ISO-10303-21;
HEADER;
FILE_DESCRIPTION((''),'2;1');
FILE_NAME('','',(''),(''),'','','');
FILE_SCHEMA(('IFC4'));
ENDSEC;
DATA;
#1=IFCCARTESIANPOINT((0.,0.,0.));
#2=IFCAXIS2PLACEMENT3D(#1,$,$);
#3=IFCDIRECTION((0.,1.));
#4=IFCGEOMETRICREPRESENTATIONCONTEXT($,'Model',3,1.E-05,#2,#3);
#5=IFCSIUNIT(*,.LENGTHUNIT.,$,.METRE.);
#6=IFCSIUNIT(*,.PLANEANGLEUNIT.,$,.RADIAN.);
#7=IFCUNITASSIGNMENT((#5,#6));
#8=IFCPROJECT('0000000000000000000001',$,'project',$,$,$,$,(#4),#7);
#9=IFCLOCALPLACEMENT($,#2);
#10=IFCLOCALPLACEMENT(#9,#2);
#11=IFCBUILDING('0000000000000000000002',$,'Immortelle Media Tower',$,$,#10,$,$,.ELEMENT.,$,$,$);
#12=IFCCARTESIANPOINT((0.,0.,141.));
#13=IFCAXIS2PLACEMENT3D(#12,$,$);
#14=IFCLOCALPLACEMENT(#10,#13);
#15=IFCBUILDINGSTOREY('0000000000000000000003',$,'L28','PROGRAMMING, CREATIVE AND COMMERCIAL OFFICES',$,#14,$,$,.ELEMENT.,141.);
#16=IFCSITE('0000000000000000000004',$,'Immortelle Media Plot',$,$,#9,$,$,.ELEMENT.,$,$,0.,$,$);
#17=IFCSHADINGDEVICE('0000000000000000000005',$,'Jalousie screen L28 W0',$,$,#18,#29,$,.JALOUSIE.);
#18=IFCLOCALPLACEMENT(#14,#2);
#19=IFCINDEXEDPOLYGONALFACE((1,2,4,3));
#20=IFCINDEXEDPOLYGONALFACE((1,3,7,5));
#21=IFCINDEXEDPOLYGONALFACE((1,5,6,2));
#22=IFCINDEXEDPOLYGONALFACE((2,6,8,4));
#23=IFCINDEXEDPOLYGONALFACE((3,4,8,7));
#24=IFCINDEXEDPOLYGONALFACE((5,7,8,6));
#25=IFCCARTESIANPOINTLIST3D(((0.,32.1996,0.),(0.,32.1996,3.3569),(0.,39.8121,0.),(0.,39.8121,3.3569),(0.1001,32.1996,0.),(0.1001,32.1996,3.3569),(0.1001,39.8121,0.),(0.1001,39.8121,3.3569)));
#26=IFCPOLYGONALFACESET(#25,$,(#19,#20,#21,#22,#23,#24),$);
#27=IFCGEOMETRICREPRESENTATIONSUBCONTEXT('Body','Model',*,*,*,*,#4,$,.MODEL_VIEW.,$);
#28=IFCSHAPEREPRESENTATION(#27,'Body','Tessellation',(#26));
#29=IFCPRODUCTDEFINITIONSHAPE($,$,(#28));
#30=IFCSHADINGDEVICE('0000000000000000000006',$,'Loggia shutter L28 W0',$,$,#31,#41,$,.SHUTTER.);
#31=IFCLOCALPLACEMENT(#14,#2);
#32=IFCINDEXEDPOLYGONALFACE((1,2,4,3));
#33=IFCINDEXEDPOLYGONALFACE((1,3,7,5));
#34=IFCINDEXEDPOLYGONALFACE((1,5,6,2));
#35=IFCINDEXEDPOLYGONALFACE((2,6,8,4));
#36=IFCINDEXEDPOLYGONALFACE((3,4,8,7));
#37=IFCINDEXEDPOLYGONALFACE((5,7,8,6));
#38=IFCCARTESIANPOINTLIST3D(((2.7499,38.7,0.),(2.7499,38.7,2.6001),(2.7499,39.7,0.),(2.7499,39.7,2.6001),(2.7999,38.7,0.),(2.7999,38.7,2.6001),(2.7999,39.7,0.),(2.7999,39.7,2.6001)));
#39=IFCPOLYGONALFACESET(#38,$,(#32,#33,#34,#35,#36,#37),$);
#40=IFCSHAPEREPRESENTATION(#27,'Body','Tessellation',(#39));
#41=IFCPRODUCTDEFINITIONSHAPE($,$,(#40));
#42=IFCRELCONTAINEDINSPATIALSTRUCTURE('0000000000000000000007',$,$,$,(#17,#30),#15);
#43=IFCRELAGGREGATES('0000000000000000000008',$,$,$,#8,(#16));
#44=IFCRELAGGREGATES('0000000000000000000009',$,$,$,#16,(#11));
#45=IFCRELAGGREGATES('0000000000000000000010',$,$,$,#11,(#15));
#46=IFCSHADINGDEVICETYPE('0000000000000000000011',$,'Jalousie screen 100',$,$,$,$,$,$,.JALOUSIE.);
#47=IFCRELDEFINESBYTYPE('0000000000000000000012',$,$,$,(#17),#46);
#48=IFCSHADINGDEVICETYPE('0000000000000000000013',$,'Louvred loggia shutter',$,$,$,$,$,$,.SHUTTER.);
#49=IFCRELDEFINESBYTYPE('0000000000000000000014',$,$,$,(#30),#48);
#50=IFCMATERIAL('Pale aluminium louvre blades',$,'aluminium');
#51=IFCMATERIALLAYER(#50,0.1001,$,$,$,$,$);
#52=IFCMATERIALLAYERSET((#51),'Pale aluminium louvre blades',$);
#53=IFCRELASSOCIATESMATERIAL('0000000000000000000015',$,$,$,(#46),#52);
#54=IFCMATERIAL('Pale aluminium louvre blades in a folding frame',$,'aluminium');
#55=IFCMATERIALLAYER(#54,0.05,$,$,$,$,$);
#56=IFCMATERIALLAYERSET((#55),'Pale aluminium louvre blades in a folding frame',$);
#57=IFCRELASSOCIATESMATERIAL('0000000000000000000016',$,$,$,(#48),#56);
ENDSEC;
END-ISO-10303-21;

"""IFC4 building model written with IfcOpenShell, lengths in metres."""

from ifc_helpers import new_model, si_unit, direction, frame, origin, origin_2d, place, context, subcontext, project, spatial, rectangle, extrude, material, layer, layer_set, type_object, element, save


model = new_model("IFC4")

# Units and contexts
model_context = context("Model", 3, precision=1e-05, world=origin(), true_north=direction((0.0, 1.0)))
body_context = subcontext(model_context, "Body", "Model", "MODEL_VIEW")
ifc_project = project(units=[si_unit("LENGTHUNIT", "METRE"), si_unit("PLANEANGLEUNIT", "RADIAN")], contexts=[model_context])

# Site, building, storey
site_placement = place(None, origin())
site = spatial("IfcSite", under=ifc_project, at=site_placement, Name="Immortelle Media Plot", CompositionType="ELEMENT", RefElevation=0.0)
building_placement = place(site_placement, origin())
building = spatial("IfcBuilding", under=site, at=building_placement, Name="Immortelle Media Tower", CompositionType="ELEMENT")
storey_placement = place(building_placement, frame((0.0, 0.0, 141.0)))
storey = spatial("IfcBuildingStorey", under=building, at=storey_placement, Name="L28", Description="PROGRAMMING, CREATIVE AND COMMERCIAL OFFICES", CompositionType="ELEMENT", Elevation=141.0)

# Shading devices
ifc_material_1 = material(Name="Pale aluminium louvre blades", Category="aluminium")
ifc_layer_1 = layer(ifc_material_1, 0.1001)
ifc_layer_set_1 = layer_set([ifc_layer_1], Name="Pale aluminium louvre blades")
shading_device_type_1 = type_object("IfcShadingDeviceType", Name="Jalousie screen 100", PredefinedType="JALOUSIE", material=ifc_layer_set_1)
shading_device_1_placement = place(storey_placement, frame((0.05, 36.0059, 0.0), z_axis=(0.0, 0.0, 1.0), x_axis=(0.0, -1.0, 0.0)))
element("IfcShadingDevice", 1, at=shading_device_1_placement, inside=storey, type_object=shading_device_type_1, Name="Jalousie screen L28 W0", PredefinedType="JALOUSIE", context=body_context, shape_type="SweptSolid", body=[
    extrude(rectangle(XDim=7.6125, YDim=0.1001, at=origin_2d()), origin(), (0.0, 0.0, 1.0), 3.3569),
])
ifc_material_2 = material(Name="Pale aluminium louvre blades in a folding frame", Category="aluminium")
ifc_layer_2 = layer(ifc_material_2, 0.05)
ifc_layer_set_2 = layer_set([ifc_layer_2], Name="Pale aluminium louvre blades in a folding frame")
shading_device_type_2 = type_object("IfcShadingDeviceType", Name="Louvred loggia shutter", PredefinedType="SHUTTER", material=ifc_layer_set_2)
shading_device_2_placement = place(storey_placement, frame((2.7749, 39.2, 0.0), z_axis=(0.0, 0.0, 1.0), x_axis=(0.0, -1.0, 0.0)))
element("IfcShadingDevice", 2, at=shading_device_2_placement, inside=storey, type_object=shading_device_type_2, Name="Loggia shutter L28 W0", PredefinedType="SHUTTER", context=body_context, shape_type="SweptSolid", body=[
    extrude(rectangle(XDim=1.0, YDim=0.05, at=origin_2d()), origin(), (0.0, 0.0, 1.0), 2.6001),
])

save(model, "model.ifc")
